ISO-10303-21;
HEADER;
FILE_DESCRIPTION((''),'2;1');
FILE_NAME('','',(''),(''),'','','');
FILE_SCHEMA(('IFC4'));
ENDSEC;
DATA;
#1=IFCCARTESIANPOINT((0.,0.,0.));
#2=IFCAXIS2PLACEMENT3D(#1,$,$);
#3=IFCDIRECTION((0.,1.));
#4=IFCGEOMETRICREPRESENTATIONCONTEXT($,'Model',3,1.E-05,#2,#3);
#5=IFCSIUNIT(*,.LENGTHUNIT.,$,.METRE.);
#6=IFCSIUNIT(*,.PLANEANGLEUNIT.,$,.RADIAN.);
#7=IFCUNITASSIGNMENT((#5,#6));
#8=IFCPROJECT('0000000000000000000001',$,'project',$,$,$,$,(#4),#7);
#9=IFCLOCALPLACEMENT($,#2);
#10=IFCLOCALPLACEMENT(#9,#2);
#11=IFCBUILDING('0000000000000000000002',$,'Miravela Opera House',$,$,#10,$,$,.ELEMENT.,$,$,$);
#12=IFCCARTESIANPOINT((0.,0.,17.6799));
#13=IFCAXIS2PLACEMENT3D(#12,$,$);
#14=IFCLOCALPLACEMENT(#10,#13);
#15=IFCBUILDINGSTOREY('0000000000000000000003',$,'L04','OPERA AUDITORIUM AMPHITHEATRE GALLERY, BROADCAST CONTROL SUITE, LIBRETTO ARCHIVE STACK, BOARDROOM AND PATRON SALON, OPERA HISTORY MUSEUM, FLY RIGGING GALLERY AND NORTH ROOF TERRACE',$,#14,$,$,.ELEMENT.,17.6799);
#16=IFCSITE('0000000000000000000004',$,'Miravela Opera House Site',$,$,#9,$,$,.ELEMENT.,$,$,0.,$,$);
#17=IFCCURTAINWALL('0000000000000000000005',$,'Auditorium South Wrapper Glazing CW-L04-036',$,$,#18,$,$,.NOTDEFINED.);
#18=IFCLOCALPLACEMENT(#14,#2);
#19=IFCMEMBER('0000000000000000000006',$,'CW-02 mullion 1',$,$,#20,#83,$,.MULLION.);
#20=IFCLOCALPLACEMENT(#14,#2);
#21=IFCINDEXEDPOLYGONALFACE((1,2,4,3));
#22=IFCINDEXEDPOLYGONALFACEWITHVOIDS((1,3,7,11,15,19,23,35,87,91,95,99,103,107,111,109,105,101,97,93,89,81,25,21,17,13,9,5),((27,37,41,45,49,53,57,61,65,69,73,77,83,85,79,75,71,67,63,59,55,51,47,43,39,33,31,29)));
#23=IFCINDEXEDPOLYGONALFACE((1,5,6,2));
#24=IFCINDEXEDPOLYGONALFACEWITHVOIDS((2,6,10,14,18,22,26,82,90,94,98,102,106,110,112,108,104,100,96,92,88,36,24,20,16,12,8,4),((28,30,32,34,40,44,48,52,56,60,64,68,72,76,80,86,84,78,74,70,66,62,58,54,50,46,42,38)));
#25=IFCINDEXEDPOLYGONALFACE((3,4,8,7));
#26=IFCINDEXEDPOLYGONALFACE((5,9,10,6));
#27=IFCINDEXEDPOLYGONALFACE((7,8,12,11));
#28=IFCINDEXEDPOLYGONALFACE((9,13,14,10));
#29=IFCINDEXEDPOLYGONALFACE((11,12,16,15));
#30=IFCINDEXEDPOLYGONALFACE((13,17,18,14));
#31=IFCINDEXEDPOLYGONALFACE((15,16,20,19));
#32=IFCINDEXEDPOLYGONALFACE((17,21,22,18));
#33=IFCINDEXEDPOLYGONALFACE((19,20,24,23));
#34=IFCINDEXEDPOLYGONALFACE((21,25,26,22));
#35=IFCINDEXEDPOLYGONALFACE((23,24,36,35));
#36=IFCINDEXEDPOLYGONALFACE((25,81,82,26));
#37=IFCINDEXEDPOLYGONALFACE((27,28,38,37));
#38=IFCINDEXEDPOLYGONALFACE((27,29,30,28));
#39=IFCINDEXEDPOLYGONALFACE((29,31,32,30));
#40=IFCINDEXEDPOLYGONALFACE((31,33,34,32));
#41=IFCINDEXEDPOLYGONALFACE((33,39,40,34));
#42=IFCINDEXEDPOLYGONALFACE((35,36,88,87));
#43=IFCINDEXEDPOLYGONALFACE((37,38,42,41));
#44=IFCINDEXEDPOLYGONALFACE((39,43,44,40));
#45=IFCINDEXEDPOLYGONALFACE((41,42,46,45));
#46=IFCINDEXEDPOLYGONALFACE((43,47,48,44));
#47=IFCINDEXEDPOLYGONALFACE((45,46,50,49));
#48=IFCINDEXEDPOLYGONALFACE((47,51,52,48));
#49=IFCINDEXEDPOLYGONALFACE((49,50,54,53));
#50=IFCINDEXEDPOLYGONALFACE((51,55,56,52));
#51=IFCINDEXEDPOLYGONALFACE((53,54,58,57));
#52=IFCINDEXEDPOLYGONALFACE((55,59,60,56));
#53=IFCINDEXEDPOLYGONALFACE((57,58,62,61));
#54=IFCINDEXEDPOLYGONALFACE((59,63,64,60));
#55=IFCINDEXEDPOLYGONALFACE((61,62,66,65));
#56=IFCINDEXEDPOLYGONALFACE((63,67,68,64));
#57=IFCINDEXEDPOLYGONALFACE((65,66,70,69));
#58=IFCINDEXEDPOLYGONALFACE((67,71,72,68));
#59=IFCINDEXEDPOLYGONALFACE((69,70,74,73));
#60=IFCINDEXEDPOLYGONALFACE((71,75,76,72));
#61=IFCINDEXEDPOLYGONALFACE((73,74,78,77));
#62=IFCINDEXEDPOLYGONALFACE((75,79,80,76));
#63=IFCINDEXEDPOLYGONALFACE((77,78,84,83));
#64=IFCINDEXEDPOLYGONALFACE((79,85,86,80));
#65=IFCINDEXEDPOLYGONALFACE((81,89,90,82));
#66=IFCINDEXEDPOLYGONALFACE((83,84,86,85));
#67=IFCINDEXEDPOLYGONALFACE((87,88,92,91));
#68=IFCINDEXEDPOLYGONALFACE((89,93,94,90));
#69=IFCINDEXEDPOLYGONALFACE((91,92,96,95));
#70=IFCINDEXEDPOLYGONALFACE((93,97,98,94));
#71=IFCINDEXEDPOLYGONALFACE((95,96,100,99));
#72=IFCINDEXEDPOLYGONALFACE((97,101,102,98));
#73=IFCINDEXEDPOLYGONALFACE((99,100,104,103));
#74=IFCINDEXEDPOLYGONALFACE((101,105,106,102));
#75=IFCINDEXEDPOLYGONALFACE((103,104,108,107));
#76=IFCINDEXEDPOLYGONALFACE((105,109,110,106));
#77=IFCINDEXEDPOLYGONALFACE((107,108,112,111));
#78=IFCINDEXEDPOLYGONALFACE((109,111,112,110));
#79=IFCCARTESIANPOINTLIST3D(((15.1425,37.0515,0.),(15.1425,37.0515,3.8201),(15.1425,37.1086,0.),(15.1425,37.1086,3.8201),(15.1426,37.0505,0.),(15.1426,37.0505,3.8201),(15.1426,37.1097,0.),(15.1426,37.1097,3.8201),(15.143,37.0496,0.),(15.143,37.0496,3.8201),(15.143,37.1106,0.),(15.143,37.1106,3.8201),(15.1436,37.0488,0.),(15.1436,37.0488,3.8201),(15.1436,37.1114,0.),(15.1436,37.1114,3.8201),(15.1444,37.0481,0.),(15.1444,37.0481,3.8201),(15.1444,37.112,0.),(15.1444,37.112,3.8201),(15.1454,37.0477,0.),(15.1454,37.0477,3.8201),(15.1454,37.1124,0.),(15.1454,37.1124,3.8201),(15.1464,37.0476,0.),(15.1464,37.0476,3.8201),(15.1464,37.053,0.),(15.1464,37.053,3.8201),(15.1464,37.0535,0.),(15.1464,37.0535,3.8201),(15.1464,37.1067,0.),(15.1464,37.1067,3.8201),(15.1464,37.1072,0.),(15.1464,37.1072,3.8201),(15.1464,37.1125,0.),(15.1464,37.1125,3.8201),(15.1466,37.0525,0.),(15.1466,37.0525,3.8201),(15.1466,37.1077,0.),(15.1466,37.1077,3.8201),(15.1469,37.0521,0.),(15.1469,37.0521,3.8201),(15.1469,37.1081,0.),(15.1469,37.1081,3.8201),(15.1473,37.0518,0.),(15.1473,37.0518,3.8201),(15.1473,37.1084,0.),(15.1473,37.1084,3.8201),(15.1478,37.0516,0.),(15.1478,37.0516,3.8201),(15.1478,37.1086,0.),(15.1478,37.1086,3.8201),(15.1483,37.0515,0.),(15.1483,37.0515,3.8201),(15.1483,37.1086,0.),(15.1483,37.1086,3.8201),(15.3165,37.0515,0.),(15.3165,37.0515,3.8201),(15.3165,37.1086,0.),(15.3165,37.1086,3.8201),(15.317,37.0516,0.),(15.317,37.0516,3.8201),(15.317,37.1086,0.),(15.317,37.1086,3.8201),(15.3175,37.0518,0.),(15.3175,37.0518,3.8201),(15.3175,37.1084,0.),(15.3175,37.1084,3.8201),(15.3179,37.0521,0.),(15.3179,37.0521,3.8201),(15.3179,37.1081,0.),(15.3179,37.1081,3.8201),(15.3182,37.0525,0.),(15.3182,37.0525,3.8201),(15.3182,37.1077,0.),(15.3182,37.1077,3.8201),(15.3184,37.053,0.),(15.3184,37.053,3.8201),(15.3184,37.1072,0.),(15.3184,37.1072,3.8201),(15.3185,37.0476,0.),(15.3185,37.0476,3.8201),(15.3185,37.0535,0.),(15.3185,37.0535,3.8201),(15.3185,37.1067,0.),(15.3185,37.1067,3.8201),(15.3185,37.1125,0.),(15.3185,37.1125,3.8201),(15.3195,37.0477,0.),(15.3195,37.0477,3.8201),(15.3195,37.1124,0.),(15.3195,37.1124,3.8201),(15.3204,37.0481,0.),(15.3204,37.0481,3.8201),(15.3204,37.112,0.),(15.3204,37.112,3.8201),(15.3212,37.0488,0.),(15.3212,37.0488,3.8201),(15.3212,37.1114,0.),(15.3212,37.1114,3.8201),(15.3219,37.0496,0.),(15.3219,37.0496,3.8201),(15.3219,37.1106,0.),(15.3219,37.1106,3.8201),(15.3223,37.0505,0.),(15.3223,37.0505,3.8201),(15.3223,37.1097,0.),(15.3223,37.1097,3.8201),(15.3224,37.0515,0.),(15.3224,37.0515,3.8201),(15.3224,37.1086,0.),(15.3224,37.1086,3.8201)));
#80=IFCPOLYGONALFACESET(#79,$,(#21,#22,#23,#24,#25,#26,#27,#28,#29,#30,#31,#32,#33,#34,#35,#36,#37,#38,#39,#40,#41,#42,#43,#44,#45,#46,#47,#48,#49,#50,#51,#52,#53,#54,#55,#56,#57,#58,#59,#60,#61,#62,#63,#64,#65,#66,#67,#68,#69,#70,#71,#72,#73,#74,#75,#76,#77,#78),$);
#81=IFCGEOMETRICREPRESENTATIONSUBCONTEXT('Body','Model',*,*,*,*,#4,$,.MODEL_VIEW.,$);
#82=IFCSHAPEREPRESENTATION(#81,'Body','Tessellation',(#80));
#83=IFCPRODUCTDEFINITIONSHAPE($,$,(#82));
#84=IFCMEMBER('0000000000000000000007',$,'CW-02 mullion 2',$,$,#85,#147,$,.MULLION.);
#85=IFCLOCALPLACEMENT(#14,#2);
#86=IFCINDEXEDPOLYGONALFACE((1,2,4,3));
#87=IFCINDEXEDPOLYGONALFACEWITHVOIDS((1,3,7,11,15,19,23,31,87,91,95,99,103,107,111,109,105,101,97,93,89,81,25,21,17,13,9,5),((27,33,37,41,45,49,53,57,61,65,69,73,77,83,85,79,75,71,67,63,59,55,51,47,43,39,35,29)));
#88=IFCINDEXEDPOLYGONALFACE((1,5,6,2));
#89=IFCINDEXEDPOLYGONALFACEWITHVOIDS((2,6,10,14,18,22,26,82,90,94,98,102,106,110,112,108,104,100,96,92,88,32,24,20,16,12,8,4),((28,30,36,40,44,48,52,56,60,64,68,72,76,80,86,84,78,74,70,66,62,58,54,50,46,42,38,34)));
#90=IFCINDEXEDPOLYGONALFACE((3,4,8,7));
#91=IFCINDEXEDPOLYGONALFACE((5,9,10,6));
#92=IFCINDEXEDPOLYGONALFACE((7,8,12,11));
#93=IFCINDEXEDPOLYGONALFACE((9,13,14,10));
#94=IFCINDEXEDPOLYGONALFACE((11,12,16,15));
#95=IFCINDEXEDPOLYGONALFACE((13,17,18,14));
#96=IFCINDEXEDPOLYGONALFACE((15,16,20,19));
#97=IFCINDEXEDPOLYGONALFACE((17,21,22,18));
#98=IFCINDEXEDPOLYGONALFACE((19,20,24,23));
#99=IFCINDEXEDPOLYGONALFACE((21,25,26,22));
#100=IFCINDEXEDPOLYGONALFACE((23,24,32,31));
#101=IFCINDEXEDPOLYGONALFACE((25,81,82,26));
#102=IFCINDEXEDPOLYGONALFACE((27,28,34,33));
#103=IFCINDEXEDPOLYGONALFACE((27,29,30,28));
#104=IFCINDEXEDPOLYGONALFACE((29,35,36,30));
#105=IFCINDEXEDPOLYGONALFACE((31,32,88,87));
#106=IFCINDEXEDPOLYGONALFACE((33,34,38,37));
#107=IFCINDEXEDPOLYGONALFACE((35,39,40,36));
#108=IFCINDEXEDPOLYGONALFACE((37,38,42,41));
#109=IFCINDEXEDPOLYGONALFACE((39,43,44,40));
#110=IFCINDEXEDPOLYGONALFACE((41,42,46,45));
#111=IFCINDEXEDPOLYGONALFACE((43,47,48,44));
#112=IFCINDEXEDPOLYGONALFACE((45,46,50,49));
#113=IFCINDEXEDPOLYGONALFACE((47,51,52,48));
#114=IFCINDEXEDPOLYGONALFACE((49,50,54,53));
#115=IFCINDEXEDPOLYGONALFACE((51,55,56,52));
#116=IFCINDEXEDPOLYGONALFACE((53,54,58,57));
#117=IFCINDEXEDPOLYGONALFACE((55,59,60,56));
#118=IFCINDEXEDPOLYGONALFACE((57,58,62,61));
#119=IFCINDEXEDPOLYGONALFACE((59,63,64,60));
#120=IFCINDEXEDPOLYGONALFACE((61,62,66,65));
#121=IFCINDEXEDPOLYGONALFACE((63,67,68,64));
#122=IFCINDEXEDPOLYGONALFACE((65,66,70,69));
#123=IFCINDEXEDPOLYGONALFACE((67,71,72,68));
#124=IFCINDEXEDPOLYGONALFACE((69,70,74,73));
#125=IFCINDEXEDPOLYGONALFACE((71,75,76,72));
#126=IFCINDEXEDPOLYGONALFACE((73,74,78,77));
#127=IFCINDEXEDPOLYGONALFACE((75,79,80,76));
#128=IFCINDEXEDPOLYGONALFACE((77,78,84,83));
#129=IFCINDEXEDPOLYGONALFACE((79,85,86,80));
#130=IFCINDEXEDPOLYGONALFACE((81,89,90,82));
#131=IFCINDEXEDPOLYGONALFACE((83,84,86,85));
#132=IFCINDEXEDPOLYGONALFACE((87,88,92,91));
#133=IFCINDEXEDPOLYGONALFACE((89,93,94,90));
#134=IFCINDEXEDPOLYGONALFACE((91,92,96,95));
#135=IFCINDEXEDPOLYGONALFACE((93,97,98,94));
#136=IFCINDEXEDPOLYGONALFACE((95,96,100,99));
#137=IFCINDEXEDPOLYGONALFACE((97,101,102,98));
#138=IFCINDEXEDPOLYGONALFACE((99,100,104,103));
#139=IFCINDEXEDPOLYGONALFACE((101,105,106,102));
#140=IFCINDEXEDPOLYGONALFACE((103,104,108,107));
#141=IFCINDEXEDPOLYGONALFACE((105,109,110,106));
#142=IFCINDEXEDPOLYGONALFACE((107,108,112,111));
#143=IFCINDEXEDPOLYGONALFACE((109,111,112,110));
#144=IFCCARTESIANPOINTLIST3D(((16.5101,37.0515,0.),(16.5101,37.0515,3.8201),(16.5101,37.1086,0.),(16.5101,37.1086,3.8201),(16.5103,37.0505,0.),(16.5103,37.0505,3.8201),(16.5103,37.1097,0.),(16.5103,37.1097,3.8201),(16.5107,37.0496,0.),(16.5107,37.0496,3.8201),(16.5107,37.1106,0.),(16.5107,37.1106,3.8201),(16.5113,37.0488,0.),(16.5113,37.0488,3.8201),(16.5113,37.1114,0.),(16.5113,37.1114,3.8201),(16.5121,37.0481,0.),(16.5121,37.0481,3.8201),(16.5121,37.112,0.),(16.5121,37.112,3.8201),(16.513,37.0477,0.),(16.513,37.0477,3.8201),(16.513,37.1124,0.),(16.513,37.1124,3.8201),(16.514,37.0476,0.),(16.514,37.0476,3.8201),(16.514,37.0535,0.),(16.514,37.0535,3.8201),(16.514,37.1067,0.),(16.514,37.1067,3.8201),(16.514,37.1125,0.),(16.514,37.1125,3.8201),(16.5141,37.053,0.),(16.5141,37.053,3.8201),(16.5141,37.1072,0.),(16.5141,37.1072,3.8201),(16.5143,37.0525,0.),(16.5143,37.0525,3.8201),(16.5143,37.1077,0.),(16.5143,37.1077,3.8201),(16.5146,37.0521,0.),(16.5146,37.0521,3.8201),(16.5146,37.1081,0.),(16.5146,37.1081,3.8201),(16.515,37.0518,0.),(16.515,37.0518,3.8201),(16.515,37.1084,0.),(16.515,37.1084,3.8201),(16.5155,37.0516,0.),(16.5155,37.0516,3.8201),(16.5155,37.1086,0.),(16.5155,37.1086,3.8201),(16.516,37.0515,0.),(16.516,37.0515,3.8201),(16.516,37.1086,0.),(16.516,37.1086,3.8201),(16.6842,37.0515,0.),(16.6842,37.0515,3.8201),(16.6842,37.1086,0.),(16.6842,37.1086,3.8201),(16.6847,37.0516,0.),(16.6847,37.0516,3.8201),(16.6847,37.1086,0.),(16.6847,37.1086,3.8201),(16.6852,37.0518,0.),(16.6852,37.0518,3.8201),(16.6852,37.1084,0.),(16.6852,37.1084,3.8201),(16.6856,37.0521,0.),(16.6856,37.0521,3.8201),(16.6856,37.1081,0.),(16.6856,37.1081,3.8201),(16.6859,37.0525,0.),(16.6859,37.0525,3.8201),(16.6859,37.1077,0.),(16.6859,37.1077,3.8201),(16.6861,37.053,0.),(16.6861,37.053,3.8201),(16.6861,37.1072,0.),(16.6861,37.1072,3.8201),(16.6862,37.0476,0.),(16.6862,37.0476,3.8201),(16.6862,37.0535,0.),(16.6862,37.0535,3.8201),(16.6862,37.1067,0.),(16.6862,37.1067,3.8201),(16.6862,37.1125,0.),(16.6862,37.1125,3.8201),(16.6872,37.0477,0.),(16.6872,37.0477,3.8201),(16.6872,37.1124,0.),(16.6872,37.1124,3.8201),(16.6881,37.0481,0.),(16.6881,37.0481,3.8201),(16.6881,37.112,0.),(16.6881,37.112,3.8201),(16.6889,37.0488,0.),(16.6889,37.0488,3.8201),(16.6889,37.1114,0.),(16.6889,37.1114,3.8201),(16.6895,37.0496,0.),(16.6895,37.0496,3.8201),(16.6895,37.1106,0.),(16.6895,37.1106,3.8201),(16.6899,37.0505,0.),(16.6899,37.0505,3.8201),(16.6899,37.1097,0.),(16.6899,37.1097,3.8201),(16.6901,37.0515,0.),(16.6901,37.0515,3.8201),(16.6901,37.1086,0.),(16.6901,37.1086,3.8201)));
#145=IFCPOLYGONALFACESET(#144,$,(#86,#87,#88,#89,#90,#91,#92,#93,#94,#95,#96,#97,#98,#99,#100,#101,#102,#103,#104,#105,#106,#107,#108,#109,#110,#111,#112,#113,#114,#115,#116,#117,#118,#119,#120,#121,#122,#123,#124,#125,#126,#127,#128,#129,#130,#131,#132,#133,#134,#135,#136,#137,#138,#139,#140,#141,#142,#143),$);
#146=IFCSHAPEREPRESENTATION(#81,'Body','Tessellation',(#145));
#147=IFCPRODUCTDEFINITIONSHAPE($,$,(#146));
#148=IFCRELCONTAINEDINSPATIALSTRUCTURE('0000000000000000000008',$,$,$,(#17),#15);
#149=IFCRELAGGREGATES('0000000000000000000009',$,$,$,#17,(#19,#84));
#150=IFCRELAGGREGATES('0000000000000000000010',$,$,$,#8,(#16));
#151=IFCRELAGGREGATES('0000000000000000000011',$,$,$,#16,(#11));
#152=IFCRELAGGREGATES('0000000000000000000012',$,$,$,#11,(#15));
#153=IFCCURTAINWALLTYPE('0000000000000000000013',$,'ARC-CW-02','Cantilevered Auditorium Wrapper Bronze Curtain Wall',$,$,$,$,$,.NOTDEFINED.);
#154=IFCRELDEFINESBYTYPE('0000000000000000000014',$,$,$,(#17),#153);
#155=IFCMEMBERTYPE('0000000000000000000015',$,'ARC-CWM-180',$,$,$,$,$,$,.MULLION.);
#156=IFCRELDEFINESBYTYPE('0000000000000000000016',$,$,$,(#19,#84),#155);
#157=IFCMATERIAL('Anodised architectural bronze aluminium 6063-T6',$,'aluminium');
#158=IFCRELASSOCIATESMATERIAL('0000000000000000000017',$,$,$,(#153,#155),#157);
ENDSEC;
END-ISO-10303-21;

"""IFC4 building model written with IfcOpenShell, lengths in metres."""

from ifc_helpers import new_model, si_unit, direction, frame, origin, origin_2d, place, context, subcontext, project, spatial, hollow_rectangle, extrude, material, material_profile, profile_set, type_object, element, aggregate, save


model = new_model("IFC4")

# Units and contexts
model_context = context("Model", 3, precision=1e-05, world=origin(), true_north=direction((0.0, 1.0)))
body_context = subcontext(model_context, "Body", "Model", "MODEL_VIEW")
ifc_project = project(units=[si_unit("LENGTHUNIT", "METRE"), si_unit("PLANEANGLEUNIT", "RADIAN")], contexts=[model_context])

# Site, building, storey
site_placement = place(None, origin())
site = spatial("IfcSite", under=ifc_project, at=site_placement, Name="Miravela Opera House Site", CompositionType="ELEMENT", RefElevation=0.0)
building_placement = place(site_placement, origin())
building = spatial("IfcBuilding", under=site, at=building_placement, Name="Miravela Opera House", CompositionType="ELEMENT")
storey_placement = place(building_placement, frame((0.0, 0.0, 17.6799)))
storey = spatial("IfcBuildingStorey", under=building, at=storey_placement, Name="L04", Description="OPERA AUDITORIUM AMPHITHEATRE GALLERY, BROADCAST CONTROL SUITE, LIBRETTO ARCHIVE STACK, BOARDROOM AND PATRON SALON, OPERA HISTORY MUSEUM, FLY RIGGING GALLERY AND NORTH ROOF TERRACE", CompositionType="ELEMENT", Elevation=17.6799)

# Curtain wall, members
ifc_material_1 = material(Name="Anodised architectural bronze aluminium 6063-T6", Category="aluminium")
curtain_wall_type = type_object("IfcCurtainWallType", Name="ARC-CW-02", Description="Cantilevered Auditorium Wrapper Bronze Curtain Wall", PredefinedType="NOTDEFINED", material=ifc_material_1)
curtain_wall_placement = place(storey_placement, origin())
curtain_wall = element("IfcCurtainWall", 1, at=curtain_wall_placement, inside=storey, type_object=curtain_wall_type, Name="Auditorium South Wrapper Glazing CW-L04-036", PredefinedType="NOTDEFINED")
ifc_material_profile_1 = material_profile(ifc_material_1, hollow_rectangle(XDim=0.0649, YDim=0.1799, WallThickness=0.0039, InnerFilletRadius=0.002, OuterFilletRadius=0.0039, at=origin_2d()), Name="CWM-65X180")
ifc_profile_set_1 = profile_set([ifc_material_profile_1])
member_type_1 = type_object("IfcMemberType", Name="ARC-CWM-180", PredefinedType="MULLION", material=ifc_profile_set_1)
member_1_placement = place(storey_placement, frame((15.2324, 37.0801, 0.0), z_axis=(0.0, 0.0, 1.0), x_axis=(0.0, 1.0, 0.0)))
member_1 = element("IfcMember", 2, at=member_1_placement, type_object=member_type_1, Name="CW-02 mullion 1", PredefinedType="MULLION", context=body_context, shape_type="SweptSolid", body=[
    extrude(hollow_rectangle(XDim=0.0649, YDim=0.1799, WallThickness=0.0039, InnerFilletRadius=0.002, OuterFilletRadius=0.0039, at=origin_2d()), origin(), (0.0, 0.0, 1.0), 3.8201),
])
member_2_placement = place(storey_placement, frame((16.6001, 37.0801, 0.0), z_axis=(0.0, 0.0, 1.0), x_axis=(0.0, 1.0, 0.0)))
member_2 = element("IfcMember", 3, at=member_2_placement, type_object=member_type_1, Name="CW-02 mullion 2", PredefinedType="MULLION", context=body_context, shape_type="SweptSolid", body=[
    extrude(hollow_rectangle(XDim=0.0649, YDim=0.1799, WallThickness=0.0039, InnerFilletRadius=0.002, OuterFilletRadius=0.0039, at=origin_2d()), origin(), (0.0, 0.0, 1.0), 3.8201),
])

aggregate(curtain_wall, [member_1, member_2])

save(model, "model.ifc")
